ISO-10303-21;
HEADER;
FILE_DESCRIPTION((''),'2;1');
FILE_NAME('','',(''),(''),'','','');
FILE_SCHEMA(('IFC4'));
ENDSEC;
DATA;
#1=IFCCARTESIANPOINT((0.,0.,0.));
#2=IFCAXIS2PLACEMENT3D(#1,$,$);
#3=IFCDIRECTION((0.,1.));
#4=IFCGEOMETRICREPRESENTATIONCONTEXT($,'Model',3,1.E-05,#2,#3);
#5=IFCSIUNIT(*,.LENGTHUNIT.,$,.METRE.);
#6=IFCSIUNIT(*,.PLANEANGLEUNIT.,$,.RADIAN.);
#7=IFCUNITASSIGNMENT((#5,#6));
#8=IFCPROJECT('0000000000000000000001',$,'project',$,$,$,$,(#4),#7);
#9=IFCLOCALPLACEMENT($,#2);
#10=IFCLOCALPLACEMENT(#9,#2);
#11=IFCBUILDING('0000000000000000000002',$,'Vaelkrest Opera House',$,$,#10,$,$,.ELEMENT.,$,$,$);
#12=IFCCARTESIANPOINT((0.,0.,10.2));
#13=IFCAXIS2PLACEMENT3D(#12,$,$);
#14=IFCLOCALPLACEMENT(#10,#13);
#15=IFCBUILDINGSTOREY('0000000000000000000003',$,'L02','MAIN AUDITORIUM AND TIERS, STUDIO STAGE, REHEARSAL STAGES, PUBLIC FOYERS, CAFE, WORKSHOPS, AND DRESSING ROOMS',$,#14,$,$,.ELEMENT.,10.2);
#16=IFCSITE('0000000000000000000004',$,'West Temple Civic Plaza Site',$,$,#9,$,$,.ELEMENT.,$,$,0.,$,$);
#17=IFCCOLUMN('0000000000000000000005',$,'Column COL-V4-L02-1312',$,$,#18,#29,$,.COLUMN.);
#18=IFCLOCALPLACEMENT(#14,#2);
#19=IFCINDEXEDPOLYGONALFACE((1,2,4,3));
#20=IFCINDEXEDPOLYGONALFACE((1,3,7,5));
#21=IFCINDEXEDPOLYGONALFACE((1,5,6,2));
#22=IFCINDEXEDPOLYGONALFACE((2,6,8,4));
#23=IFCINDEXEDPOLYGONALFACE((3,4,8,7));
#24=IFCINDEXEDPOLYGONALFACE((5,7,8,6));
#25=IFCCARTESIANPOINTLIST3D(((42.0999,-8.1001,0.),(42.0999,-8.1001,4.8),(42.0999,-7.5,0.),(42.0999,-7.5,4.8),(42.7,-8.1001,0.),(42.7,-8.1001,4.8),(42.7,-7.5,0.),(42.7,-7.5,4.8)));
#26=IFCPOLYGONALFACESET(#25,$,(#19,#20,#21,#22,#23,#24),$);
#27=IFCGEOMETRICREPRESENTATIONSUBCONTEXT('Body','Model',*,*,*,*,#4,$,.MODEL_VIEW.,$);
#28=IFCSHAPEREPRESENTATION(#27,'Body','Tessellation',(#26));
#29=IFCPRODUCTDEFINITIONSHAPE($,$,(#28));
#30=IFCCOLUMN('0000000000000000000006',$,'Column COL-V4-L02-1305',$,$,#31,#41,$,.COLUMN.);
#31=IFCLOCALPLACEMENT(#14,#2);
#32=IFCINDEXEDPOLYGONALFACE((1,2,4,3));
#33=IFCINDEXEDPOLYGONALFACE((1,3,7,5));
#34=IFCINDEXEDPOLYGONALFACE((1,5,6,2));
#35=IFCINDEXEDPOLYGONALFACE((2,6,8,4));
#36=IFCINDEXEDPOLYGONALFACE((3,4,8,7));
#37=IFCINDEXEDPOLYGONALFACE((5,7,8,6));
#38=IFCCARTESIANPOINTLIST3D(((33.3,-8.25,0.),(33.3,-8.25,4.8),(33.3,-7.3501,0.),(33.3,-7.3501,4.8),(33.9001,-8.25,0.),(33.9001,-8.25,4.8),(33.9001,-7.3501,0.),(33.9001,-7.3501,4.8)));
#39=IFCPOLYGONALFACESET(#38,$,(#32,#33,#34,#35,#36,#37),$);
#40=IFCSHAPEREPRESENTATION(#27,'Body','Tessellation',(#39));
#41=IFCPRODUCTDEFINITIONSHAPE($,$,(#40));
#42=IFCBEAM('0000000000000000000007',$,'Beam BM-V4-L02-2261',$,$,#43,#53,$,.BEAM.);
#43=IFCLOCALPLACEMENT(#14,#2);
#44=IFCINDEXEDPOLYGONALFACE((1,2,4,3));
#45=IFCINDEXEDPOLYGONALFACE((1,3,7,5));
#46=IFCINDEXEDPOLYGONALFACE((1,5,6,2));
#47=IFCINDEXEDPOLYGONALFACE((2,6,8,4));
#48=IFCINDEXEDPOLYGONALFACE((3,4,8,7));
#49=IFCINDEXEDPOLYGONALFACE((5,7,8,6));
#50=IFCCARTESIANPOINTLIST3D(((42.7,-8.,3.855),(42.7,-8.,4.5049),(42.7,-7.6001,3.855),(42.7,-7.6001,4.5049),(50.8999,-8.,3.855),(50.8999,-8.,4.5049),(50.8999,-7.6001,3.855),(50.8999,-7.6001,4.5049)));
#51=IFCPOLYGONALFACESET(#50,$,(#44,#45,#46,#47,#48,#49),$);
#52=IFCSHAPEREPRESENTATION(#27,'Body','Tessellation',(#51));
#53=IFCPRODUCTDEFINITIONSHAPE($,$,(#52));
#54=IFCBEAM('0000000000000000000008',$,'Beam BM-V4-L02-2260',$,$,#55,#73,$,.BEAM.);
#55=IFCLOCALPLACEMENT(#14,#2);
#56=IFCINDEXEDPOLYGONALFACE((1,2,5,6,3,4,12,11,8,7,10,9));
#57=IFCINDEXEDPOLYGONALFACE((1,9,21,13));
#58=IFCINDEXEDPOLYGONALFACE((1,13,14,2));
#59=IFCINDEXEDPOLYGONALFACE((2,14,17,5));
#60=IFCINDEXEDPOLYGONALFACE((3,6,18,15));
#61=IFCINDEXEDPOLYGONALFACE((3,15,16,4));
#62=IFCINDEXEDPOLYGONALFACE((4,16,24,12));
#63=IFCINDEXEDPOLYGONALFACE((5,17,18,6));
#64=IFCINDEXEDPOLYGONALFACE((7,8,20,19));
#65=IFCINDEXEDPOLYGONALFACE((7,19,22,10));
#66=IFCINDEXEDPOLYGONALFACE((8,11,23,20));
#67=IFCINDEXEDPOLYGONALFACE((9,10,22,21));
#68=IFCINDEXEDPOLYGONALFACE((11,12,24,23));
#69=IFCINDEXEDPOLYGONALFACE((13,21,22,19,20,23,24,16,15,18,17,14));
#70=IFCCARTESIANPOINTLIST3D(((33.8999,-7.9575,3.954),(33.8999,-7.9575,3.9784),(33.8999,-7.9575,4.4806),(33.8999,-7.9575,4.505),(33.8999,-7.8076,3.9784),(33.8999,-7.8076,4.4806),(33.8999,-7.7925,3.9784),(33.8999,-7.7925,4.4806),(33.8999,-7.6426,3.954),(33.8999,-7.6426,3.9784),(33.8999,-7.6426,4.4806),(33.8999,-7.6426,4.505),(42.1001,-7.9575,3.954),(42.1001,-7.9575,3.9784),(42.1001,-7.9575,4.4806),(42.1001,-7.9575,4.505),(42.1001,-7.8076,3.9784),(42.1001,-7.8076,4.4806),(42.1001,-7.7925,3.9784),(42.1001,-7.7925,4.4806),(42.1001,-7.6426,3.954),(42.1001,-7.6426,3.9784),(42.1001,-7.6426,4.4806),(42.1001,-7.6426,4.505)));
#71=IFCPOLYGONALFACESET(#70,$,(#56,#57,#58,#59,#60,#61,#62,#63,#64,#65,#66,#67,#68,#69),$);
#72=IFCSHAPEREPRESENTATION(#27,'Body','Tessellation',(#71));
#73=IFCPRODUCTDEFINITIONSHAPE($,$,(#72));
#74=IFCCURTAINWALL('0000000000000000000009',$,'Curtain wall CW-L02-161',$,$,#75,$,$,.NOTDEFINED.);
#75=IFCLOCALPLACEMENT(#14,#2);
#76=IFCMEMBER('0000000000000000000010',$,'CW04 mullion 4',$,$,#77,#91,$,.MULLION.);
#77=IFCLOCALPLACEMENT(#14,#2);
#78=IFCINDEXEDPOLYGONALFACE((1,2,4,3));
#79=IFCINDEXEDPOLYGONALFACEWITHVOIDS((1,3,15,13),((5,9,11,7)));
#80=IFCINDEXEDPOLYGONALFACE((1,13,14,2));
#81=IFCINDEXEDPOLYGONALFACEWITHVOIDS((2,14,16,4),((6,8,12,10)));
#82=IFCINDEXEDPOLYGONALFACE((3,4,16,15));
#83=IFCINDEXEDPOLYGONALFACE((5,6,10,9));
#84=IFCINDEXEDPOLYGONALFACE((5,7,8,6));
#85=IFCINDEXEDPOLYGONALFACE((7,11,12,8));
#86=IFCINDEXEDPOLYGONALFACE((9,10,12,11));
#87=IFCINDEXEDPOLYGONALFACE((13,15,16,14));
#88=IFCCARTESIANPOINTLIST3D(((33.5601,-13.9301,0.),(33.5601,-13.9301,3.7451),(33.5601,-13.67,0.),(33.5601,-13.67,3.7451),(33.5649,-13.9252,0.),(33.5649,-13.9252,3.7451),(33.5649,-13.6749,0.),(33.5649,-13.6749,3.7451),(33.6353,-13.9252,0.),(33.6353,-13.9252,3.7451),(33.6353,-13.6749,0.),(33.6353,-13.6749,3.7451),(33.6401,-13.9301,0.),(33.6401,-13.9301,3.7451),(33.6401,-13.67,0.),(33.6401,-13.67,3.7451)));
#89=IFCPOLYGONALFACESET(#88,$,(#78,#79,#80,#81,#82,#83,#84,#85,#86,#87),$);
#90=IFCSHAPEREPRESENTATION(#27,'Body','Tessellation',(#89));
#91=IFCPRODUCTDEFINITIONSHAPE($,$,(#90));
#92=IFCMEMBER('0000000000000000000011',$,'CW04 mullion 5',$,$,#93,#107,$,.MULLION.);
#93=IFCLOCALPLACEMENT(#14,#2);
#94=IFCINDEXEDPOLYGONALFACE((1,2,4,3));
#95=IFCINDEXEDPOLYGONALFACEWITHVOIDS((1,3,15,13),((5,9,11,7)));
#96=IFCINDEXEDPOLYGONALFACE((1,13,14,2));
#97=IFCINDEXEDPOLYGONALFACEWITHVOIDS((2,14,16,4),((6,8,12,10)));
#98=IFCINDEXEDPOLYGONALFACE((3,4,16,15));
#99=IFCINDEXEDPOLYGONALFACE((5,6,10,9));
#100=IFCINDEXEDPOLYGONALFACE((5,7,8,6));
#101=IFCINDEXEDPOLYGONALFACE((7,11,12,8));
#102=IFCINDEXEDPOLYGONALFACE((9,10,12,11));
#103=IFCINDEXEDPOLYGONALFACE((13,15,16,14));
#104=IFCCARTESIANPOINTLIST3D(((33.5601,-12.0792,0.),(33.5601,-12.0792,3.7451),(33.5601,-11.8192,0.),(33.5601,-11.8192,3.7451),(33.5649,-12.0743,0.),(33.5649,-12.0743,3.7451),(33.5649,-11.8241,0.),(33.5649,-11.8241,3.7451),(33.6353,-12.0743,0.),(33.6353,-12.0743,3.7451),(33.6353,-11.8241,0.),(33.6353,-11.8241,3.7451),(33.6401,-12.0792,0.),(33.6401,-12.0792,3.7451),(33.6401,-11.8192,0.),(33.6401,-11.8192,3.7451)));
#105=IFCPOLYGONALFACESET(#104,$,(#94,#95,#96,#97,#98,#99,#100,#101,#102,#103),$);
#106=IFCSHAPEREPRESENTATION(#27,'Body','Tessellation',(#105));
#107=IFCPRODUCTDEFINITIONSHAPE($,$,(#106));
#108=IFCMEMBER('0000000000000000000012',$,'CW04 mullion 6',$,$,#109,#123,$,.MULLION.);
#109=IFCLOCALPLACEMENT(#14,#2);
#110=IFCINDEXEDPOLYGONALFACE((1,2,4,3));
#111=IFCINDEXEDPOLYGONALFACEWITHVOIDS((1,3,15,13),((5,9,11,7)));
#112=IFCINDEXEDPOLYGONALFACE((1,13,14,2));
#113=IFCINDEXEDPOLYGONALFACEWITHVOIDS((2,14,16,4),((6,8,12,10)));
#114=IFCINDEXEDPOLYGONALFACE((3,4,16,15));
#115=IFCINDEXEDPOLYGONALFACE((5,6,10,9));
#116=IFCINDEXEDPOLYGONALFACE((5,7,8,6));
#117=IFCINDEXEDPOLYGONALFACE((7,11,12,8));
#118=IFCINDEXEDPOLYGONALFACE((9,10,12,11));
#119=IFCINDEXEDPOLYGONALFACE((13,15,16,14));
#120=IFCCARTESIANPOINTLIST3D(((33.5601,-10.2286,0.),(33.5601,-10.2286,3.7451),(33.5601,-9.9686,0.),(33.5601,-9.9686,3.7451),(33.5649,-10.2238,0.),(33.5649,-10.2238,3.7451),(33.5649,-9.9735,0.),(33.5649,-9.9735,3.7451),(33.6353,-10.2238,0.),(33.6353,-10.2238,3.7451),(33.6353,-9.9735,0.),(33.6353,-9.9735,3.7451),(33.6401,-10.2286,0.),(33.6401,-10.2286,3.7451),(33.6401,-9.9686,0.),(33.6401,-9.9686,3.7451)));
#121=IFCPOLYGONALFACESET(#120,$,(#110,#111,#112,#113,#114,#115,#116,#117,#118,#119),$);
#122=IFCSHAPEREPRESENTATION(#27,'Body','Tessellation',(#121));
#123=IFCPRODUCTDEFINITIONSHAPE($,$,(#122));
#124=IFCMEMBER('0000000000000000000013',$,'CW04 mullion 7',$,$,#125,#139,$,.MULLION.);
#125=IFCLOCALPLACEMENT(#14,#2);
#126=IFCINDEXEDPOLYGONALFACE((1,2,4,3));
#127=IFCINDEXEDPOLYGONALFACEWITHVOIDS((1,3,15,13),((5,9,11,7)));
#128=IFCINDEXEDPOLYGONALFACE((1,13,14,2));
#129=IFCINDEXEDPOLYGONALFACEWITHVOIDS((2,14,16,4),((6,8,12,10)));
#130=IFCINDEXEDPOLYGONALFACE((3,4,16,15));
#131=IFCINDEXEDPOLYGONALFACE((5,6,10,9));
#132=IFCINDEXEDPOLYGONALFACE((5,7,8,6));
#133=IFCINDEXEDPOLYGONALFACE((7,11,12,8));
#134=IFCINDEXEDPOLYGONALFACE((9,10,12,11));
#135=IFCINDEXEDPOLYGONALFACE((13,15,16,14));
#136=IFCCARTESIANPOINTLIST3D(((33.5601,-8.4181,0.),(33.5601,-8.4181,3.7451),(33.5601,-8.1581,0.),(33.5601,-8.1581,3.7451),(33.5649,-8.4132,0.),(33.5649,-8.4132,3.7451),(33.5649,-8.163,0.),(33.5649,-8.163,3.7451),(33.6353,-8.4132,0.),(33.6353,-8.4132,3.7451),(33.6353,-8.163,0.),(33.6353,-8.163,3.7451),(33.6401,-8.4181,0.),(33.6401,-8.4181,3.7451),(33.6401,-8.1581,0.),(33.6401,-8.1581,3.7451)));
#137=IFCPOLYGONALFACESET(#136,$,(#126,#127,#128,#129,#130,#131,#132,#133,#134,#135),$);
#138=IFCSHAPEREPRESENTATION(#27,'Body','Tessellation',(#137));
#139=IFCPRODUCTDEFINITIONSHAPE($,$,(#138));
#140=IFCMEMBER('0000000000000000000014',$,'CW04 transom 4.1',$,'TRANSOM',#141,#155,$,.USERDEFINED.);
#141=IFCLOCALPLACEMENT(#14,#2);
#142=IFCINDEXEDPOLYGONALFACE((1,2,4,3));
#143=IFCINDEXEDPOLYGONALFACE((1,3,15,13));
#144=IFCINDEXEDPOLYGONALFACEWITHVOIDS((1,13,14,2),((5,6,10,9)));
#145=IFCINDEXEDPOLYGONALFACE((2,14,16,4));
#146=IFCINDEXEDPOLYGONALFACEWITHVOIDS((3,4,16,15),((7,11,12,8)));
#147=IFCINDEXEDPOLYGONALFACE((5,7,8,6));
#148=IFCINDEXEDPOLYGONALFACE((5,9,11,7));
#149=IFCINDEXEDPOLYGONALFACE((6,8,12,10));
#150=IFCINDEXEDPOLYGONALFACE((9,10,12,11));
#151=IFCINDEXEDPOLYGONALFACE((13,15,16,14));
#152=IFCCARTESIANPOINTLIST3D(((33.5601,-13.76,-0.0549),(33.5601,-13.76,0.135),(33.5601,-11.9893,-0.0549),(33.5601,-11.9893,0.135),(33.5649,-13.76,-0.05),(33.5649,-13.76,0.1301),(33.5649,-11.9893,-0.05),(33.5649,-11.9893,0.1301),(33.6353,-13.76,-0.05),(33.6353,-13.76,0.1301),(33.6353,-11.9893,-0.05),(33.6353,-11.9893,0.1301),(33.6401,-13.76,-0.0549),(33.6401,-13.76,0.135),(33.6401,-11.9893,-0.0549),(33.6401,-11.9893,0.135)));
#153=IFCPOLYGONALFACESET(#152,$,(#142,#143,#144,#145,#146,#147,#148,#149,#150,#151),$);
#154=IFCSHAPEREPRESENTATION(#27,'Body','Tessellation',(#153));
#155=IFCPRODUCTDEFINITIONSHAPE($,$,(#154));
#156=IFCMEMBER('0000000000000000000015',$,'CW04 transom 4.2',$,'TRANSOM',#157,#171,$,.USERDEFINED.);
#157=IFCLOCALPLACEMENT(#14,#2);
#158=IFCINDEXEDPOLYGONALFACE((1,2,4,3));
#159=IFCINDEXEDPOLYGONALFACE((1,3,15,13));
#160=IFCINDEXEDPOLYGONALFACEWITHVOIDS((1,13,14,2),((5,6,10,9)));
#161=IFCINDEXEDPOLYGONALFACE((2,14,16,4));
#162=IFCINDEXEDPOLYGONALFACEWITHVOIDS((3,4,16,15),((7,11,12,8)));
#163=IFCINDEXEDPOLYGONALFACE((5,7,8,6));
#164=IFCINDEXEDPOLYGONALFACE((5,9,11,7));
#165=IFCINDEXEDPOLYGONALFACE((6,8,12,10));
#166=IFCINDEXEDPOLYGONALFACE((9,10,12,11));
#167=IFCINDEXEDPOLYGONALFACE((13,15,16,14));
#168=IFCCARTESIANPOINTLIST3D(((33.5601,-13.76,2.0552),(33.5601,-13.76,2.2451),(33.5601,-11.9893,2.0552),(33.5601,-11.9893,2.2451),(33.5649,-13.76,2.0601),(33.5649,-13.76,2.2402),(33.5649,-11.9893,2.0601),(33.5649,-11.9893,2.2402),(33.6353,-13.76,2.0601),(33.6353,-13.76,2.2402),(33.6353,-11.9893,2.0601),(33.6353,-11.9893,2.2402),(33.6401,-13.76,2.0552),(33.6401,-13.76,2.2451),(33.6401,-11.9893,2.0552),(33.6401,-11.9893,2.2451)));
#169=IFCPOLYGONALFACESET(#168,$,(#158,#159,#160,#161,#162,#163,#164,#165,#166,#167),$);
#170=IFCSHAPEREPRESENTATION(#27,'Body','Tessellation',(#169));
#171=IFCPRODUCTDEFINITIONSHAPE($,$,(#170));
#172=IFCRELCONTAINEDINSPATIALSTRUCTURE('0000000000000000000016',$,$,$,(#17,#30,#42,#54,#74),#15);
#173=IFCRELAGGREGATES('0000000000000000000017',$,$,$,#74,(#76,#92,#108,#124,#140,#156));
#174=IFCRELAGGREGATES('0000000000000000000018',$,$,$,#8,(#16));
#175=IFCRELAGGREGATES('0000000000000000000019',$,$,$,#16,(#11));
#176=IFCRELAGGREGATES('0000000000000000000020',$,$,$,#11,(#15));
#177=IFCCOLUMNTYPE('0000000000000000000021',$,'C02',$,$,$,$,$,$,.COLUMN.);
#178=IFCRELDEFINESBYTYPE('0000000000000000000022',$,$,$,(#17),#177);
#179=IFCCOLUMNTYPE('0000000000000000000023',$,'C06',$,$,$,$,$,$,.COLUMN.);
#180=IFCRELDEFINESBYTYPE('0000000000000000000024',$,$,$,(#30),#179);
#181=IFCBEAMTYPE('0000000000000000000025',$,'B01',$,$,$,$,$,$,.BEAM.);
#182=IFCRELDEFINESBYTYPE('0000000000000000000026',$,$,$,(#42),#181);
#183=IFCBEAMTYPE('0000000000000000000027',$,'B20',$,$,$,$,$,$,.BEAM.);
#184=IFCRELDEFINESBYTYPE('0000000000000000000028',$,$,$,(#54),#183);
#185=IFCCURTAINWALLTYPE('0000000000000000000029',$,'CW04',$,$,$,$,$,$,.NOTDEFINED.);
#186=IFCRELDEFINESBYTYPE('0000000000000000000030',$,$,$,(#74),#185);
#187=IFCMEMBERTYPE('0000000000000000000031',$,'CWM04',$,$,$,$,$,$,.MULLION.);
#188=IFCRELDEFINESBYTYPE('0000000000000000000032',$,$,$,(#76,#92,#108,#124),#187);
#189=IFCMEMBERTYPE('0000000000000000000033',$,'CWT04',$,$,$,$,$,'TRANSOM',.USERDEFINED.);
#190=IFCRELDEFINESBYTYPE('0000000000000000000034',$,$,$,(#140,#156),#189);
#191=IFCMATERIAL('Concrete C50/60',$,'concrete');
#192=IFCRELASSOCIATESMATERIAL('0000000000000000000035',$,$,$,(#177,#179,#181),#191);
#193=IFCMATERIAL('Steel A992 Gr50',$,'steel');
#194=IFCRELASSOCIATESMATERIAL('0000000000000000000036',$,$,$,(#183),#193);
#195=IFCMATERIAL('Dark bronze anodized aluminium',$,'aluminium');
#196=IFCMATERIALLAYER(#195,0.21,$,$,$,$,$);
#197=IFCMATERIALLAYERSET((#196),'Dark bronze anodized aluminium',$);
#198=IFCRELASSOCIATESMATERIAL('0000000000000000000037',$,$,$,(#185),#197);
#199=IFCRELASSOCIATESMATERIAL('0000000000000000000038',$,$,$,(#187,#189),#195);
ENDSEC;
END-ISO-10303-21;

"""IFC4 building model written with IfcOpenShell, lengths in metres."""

from ifc_helpers import new_model, si_unit, direction, frame, origin, origin_2d, place, context, subcontext, project, spatial, rectangle, hollow_rectangle, i_section, extrude, material, layer, layer_set, material_profile, profile_set, type_object, element, aggregate, save


model = new_model("IFC4")

# Units and contexts
model_context = context("Model", 3, precision=1e-05, world=origin(), true_north=direction((0.0, 1.0)))
body_context = subcontext(model_context, "Body", "Model", "MODEL_VIEW")
ifc_project = project(units=[si_unit("LENGTHUNIT", "METRE"), si_unit("PLANEANGLEUNIT", "RADIAN")], contexts=[model_context])

# Site, building, storey
site_placement = place(None, origin())
site = spatial("IfcSite", under=ifc_project, at=site_placement, Name="West Temple Civic Plaza Site", CompositionType="ELEMENT", RefElevation=0.0)
building_placement = place(site_placement, origin())
building = spatial("IfcBuilding", under=site, at=building_placement, Name="Vaelkrest Opera House", CompositionType="ELEMENT")
storey_placement = place(building_placement, frame((0.0, 0.0, 10.2)))
storey = spatial("IfcBuildingStorey", under=building, at=storey_placement, Name="L02", Description="MAIN AUDITORIUM AND TIERS, STUDIO STAGE, REHEARSAL STAGES, PUBLIC FOYERS, CAFE, WORKSHOPS, AND DRESSING ROOMS", CompositionType="ELEMENT", Elevation=10.2)

# Columns
ifc_material_1 = material(Name="Concrete C50/60", Category="concrete")
ifc_material_profile_1 = material_profile(ifc_material_1, rectangle(XDim=0.6001, YDim=0.6001, at=origin_2d()), Name="RC600X600")
ifc_profile_set_1 = profile_set([ifc_material_profile_1], Name="Concrete C50/60")
column_type_1 = type_object("IfcColumnType", Name="C02", PredefinedType="COLUMN", material=ifc_profile_set_1)
column_1_placement = place(storey_placement, frame((42.3999, -7.8, 0.0), z_axis=(0.0, 0.0, 1.0), x_axis=(1.0, 0.0, 0.0)))
element("IfcColumn", 1, at=column_1_placement, inside=storey, type_object=column_type_1, Name="Column COL-V4-L02-1312", PredefinedType="COLUMN", context=body_context, shape_type="SweptSolid", body=[
    extrude(rectangle(XDim=0.6001, YDim=0.6001, at=origin_2d()), origin(), (0.0, 0.0, 1.0), 4.8),
])
ifc_material_profile_2 = material_profile(ifc_material_1, rectangle(XDim=0.6001, YDim=0.8999, at=origin_2d()), Name="RC600X900")
ifc_profile_set_2 = profile_set([ifc_material_profile_2], Name="Concrete C50/60")
column_type_2 = type_object("IfcColumnType", Name="C06", PredefinedType="COLUMN", material=ifc_profile_set_2)
column_2_placement = place(storey_placement, frame((33.6001, -7.8, 0.0), z_axis=(0.0, 0.0, 1.0), x_axis=(1.0, 0.0, 0.0)))
element("IfcColumn", 2, at=column_2_placement, inside=storey, type_object=column_type_2, Name="Column COL-V4-L02-1305", PredefinedType="COLUMN", context=body_context, shape_type="SweptSolid", body=[
    extrude(rectangle(XDim=0.6001, YDim=0.8999, at=origin_2d()), origin(), (0.0, 0.0, 1.0), 4.8),
])

# Beams
ifc_material_profile_3 = material_profile(ifc_material_1, rectangle(XDim=0.3999, YDim=0.6499, at=origin_2d()), Name="RCB400X650")
ifc_profile_set_3 = profile_set([ifc_material_profile_3], Name="Concrete C50/60")
beam_type_1 = type_object("IfcBeamType", Name="B01", PredefinedType="BEAM", material=ifc_profile_set_3)
beam_1_placement = place(storey_placement, frame((42.7, -7.8, 4.1799), z_axis=(1.0, 0.0, 0.0), x_axis=(0.0, 1.0, 0.0)))
element("IfcBeam", 3, at=beam_1_placement, inside=storey, type_object=beam_type_1, Name="Beam BM-V4-L02-2261", PredefinedType="BEAM", context=body_context, shape_type="SweptSolid", body=[
    extrude(rectangle(XDim=0.3999, YDim=0.6499, at=origin_2d()), origin(), (0.0, 0.0, 1.0), 8.2),
])
ifc_material_2 = material(Name="Steel A992 Gr50", Category="steel")
ifc_material_profile_4 = material_profile(ifc_material_2, i_section(OverallWidth=0.3149, OverallDepth=0.551, WebThickness=0.0151, FlangeThickness=0.0244, at=origin_2d()), Name="W21X122")
ifc_profile_set_4 = profile_set([ifc_material_profile_4], Name="Steel A992 Gr50")
beam_type_2 = type_object("IfcBeamType", Name="B20", PredefinedType="BEAM", material=ifc_profile_set_4)
beam_2_placement = place(storey_placement, frame((33.8999, -7.8, 4.2295), z_axis=(1.0, 0.0, 0.0), x_axis=(0.0, 1.0, 0.0)))
element("IfcBeam", 4, at=beam_2_placement, inside=storey, type_object=beam_type_2, Name="Beam BM-V4-L02-2260", PredefinedType="BEAM", context=body_context, shape_type="SweptSolid", body=[
    extrude(i_section(OverallWidth=0.3149, OverallDepth=0.551, WebThickness=0.0151, FlangeThickness=0.0244, at=origin_2d()), origin(), (0.0, 0.0, 1.0), 8.2002),
])

# Curtain wall, members
ifc_material_3 = material(Name="Dark bronze anodized aluminium", Category="aluminium")
ifc_layer_1 = layer(ifc_material_3, 0.21)
ifc_layer_set_1 = layer_set([ifc_layer_1], Name="Dark bronze anodized aluminium")
curtain_wall_type = type_object("IfcCurtainWallType", Name="CW04", PredefinedType="NOTDEFINED", material=ifc_layer_set_1)
curtain_wall_placement = place(storey_placement, origin())
curtain_wall = element("IfcCurtainWall", 5, at=curtain_wall_placement, inside=storey, type_object=curtain_wall_type, Name="Curtain wall CW-L02-161", PredefinedType="NOTDEFINED")
ifc_material_profile_5 = material_profile(ifc_material_3, hollow_rectangle(XDim=0.0801, YDim=0.26, WallThickness=0.0049, at=origin_2d()), Name="CWM80X260")
ifc_profile_set_5 = profile_set([ifc_material_profile_5], Name="Dark bronze anodized aluminium")
member_type_1 = type_object("IfcMemberType", Name="CWM04", PredefinedType="MULLION", material=ifc_profile_set_5)
member_1_placement = place(storey_placement, frame((33.6001, -13.8, 0.0), z_axis=(0.0, 0.0, 1.0), x_axis=(-1.0, 0.0, 0.0)))
member_1 = element("IfcMember", 6, at=member_1_placement, type_object=member_type_1, Name="CW04 mullion 4", PredefinedType="MULLION", context=body_context, shape_type="SweptSolid", body=[
    extrude(hollow_rectangle(XDim=0.0801, YDim=0.26, WallThickness=0.0049, at=origin_2d()), origin(), (0.0, 0.0, 1.0), 3.7451),
])
member_2_placement = place(storey_placement, frame((33.6001, -11.9492, 0.0), z_axis=(0.0, 0.0, 1.0), x_axis=(-1.0, 0.0, 0.0)))
member_2 = element("IfcMember", 7, at=member_2_placement, type_object=member_type_1, Name="CW04 mullion 5", PredefinedType="MULLION", context=body_context, shape_type="SweptSolid", body=[
    extrude(hollow_rectangle(XDim=0.0801, YDim=0.26, WallThickness=0.0049, at=origin_2d()), origin(), (0.0, 0.0, 1.0), 3.7451),
])
member_3_placement = place(storey_placement, frame((33.6001, -10.0986, 0.0), z_axis=(0.0, 0.0, 1.0), x_axis=(-1.0, 0.0, 0.0)))
member_3 = element("IfcMember", 8, at=member_3_placement, type_object=member_type_1, Name="CW04 mullion 6", PredefinedType="MULLION", context=body_context, shape_type="SweptSolid", body=[
    extrude(hollow_rectangle(XDim=0.0801, YDim=0.26, WallThickness=0.0049, at=origin_2d()), origin(), (0.0, 0.0, 1.0), 3.7451),
])
member_4_placement = place(storey_placement, frame((33.6001, -8.2881, 0.0), z_axis=(0.0, 0.0, 1.0), x_axis=(-1.0, 0.0, 0.0)))
member_4 = element("IfcMember", 9, at=member_4_placement, type_object=member_type_1, Name="CW04 mullion 7", PredefinedType="MULLION", context=body_context, shape_type="SweptSolid", body=[
    extrude(hollow_rectangle(XDim=0.0801, YDim=0.26, WallThickness=0.0049, at=origin_2d()), origin(), (0.0, 0.0, 1.0), 3.7451),
])
ifc_material_profile_6 = material_profile(ifc_material_3, hollow_rectangle(XDim=0.0801, YDim=0.1899, WallThickness=0.0049, at=origin_2d()), Name="CWT80X190")
ifc_profile_set_6 = profile_set([ifc_material_profile_6], Name="Dark bronze anodized aluminium")
member_type_2 = type_object("IfcMemberType", Name="CWT04", ElementType="TRANSOM", PredefinedType="USERDEFINED", material=ifc_profile_set_6)
member_5_placement = place(storey_placement, frame((33.6001, -13.76, 0.04), z_axis=(0.0, 1.0, 0.0), x_axis=(-1.0, 0.0, 0.0)))
member_5 = element("IfcMember", 10, at=member_5_placement, type_object=member_type_2, Name="CW04 transom 4.1", ObjectType="TRANSOM", PredefinedType="USERDEFINED", context=body_context, shape_type="SweptSolid", body=[
    extrude(hollow_rectangle(XDim=0.0801, YDim=0.1899, WallThickness=0.0049, at=origin_2d()), origin(), (0.0, 0.0, 1.0), 1.7708),
])
member_6_placement = place(storey_placement, frame((33.6001, -13.76, 2.1501), z_axis=(0.0, 1.0, 0.0), x_axis=(-1.0, 0.0, 0.0)))
member_6 = element("IfcMember", 11, at=member_6_placement, type_object=member_type_2, Name="CW04 transom 4.2", ObjectType="TRANSOM", PredefinedType="USERDEFINED", context=body_context, shape_type="SweptSolid", body=[
    extrude(hollow_rectangle(XDim=0.0801, YDim=0.1899, WallThickness=0.0049, at=origin_2d()), origin(), (0.0, 0.0, 1.0), 1.7708),
])

aggregate(curtain_wall, [member_1, member_2, member_3, member_4, member_5, member_6])

save(model, "model.ifc")
